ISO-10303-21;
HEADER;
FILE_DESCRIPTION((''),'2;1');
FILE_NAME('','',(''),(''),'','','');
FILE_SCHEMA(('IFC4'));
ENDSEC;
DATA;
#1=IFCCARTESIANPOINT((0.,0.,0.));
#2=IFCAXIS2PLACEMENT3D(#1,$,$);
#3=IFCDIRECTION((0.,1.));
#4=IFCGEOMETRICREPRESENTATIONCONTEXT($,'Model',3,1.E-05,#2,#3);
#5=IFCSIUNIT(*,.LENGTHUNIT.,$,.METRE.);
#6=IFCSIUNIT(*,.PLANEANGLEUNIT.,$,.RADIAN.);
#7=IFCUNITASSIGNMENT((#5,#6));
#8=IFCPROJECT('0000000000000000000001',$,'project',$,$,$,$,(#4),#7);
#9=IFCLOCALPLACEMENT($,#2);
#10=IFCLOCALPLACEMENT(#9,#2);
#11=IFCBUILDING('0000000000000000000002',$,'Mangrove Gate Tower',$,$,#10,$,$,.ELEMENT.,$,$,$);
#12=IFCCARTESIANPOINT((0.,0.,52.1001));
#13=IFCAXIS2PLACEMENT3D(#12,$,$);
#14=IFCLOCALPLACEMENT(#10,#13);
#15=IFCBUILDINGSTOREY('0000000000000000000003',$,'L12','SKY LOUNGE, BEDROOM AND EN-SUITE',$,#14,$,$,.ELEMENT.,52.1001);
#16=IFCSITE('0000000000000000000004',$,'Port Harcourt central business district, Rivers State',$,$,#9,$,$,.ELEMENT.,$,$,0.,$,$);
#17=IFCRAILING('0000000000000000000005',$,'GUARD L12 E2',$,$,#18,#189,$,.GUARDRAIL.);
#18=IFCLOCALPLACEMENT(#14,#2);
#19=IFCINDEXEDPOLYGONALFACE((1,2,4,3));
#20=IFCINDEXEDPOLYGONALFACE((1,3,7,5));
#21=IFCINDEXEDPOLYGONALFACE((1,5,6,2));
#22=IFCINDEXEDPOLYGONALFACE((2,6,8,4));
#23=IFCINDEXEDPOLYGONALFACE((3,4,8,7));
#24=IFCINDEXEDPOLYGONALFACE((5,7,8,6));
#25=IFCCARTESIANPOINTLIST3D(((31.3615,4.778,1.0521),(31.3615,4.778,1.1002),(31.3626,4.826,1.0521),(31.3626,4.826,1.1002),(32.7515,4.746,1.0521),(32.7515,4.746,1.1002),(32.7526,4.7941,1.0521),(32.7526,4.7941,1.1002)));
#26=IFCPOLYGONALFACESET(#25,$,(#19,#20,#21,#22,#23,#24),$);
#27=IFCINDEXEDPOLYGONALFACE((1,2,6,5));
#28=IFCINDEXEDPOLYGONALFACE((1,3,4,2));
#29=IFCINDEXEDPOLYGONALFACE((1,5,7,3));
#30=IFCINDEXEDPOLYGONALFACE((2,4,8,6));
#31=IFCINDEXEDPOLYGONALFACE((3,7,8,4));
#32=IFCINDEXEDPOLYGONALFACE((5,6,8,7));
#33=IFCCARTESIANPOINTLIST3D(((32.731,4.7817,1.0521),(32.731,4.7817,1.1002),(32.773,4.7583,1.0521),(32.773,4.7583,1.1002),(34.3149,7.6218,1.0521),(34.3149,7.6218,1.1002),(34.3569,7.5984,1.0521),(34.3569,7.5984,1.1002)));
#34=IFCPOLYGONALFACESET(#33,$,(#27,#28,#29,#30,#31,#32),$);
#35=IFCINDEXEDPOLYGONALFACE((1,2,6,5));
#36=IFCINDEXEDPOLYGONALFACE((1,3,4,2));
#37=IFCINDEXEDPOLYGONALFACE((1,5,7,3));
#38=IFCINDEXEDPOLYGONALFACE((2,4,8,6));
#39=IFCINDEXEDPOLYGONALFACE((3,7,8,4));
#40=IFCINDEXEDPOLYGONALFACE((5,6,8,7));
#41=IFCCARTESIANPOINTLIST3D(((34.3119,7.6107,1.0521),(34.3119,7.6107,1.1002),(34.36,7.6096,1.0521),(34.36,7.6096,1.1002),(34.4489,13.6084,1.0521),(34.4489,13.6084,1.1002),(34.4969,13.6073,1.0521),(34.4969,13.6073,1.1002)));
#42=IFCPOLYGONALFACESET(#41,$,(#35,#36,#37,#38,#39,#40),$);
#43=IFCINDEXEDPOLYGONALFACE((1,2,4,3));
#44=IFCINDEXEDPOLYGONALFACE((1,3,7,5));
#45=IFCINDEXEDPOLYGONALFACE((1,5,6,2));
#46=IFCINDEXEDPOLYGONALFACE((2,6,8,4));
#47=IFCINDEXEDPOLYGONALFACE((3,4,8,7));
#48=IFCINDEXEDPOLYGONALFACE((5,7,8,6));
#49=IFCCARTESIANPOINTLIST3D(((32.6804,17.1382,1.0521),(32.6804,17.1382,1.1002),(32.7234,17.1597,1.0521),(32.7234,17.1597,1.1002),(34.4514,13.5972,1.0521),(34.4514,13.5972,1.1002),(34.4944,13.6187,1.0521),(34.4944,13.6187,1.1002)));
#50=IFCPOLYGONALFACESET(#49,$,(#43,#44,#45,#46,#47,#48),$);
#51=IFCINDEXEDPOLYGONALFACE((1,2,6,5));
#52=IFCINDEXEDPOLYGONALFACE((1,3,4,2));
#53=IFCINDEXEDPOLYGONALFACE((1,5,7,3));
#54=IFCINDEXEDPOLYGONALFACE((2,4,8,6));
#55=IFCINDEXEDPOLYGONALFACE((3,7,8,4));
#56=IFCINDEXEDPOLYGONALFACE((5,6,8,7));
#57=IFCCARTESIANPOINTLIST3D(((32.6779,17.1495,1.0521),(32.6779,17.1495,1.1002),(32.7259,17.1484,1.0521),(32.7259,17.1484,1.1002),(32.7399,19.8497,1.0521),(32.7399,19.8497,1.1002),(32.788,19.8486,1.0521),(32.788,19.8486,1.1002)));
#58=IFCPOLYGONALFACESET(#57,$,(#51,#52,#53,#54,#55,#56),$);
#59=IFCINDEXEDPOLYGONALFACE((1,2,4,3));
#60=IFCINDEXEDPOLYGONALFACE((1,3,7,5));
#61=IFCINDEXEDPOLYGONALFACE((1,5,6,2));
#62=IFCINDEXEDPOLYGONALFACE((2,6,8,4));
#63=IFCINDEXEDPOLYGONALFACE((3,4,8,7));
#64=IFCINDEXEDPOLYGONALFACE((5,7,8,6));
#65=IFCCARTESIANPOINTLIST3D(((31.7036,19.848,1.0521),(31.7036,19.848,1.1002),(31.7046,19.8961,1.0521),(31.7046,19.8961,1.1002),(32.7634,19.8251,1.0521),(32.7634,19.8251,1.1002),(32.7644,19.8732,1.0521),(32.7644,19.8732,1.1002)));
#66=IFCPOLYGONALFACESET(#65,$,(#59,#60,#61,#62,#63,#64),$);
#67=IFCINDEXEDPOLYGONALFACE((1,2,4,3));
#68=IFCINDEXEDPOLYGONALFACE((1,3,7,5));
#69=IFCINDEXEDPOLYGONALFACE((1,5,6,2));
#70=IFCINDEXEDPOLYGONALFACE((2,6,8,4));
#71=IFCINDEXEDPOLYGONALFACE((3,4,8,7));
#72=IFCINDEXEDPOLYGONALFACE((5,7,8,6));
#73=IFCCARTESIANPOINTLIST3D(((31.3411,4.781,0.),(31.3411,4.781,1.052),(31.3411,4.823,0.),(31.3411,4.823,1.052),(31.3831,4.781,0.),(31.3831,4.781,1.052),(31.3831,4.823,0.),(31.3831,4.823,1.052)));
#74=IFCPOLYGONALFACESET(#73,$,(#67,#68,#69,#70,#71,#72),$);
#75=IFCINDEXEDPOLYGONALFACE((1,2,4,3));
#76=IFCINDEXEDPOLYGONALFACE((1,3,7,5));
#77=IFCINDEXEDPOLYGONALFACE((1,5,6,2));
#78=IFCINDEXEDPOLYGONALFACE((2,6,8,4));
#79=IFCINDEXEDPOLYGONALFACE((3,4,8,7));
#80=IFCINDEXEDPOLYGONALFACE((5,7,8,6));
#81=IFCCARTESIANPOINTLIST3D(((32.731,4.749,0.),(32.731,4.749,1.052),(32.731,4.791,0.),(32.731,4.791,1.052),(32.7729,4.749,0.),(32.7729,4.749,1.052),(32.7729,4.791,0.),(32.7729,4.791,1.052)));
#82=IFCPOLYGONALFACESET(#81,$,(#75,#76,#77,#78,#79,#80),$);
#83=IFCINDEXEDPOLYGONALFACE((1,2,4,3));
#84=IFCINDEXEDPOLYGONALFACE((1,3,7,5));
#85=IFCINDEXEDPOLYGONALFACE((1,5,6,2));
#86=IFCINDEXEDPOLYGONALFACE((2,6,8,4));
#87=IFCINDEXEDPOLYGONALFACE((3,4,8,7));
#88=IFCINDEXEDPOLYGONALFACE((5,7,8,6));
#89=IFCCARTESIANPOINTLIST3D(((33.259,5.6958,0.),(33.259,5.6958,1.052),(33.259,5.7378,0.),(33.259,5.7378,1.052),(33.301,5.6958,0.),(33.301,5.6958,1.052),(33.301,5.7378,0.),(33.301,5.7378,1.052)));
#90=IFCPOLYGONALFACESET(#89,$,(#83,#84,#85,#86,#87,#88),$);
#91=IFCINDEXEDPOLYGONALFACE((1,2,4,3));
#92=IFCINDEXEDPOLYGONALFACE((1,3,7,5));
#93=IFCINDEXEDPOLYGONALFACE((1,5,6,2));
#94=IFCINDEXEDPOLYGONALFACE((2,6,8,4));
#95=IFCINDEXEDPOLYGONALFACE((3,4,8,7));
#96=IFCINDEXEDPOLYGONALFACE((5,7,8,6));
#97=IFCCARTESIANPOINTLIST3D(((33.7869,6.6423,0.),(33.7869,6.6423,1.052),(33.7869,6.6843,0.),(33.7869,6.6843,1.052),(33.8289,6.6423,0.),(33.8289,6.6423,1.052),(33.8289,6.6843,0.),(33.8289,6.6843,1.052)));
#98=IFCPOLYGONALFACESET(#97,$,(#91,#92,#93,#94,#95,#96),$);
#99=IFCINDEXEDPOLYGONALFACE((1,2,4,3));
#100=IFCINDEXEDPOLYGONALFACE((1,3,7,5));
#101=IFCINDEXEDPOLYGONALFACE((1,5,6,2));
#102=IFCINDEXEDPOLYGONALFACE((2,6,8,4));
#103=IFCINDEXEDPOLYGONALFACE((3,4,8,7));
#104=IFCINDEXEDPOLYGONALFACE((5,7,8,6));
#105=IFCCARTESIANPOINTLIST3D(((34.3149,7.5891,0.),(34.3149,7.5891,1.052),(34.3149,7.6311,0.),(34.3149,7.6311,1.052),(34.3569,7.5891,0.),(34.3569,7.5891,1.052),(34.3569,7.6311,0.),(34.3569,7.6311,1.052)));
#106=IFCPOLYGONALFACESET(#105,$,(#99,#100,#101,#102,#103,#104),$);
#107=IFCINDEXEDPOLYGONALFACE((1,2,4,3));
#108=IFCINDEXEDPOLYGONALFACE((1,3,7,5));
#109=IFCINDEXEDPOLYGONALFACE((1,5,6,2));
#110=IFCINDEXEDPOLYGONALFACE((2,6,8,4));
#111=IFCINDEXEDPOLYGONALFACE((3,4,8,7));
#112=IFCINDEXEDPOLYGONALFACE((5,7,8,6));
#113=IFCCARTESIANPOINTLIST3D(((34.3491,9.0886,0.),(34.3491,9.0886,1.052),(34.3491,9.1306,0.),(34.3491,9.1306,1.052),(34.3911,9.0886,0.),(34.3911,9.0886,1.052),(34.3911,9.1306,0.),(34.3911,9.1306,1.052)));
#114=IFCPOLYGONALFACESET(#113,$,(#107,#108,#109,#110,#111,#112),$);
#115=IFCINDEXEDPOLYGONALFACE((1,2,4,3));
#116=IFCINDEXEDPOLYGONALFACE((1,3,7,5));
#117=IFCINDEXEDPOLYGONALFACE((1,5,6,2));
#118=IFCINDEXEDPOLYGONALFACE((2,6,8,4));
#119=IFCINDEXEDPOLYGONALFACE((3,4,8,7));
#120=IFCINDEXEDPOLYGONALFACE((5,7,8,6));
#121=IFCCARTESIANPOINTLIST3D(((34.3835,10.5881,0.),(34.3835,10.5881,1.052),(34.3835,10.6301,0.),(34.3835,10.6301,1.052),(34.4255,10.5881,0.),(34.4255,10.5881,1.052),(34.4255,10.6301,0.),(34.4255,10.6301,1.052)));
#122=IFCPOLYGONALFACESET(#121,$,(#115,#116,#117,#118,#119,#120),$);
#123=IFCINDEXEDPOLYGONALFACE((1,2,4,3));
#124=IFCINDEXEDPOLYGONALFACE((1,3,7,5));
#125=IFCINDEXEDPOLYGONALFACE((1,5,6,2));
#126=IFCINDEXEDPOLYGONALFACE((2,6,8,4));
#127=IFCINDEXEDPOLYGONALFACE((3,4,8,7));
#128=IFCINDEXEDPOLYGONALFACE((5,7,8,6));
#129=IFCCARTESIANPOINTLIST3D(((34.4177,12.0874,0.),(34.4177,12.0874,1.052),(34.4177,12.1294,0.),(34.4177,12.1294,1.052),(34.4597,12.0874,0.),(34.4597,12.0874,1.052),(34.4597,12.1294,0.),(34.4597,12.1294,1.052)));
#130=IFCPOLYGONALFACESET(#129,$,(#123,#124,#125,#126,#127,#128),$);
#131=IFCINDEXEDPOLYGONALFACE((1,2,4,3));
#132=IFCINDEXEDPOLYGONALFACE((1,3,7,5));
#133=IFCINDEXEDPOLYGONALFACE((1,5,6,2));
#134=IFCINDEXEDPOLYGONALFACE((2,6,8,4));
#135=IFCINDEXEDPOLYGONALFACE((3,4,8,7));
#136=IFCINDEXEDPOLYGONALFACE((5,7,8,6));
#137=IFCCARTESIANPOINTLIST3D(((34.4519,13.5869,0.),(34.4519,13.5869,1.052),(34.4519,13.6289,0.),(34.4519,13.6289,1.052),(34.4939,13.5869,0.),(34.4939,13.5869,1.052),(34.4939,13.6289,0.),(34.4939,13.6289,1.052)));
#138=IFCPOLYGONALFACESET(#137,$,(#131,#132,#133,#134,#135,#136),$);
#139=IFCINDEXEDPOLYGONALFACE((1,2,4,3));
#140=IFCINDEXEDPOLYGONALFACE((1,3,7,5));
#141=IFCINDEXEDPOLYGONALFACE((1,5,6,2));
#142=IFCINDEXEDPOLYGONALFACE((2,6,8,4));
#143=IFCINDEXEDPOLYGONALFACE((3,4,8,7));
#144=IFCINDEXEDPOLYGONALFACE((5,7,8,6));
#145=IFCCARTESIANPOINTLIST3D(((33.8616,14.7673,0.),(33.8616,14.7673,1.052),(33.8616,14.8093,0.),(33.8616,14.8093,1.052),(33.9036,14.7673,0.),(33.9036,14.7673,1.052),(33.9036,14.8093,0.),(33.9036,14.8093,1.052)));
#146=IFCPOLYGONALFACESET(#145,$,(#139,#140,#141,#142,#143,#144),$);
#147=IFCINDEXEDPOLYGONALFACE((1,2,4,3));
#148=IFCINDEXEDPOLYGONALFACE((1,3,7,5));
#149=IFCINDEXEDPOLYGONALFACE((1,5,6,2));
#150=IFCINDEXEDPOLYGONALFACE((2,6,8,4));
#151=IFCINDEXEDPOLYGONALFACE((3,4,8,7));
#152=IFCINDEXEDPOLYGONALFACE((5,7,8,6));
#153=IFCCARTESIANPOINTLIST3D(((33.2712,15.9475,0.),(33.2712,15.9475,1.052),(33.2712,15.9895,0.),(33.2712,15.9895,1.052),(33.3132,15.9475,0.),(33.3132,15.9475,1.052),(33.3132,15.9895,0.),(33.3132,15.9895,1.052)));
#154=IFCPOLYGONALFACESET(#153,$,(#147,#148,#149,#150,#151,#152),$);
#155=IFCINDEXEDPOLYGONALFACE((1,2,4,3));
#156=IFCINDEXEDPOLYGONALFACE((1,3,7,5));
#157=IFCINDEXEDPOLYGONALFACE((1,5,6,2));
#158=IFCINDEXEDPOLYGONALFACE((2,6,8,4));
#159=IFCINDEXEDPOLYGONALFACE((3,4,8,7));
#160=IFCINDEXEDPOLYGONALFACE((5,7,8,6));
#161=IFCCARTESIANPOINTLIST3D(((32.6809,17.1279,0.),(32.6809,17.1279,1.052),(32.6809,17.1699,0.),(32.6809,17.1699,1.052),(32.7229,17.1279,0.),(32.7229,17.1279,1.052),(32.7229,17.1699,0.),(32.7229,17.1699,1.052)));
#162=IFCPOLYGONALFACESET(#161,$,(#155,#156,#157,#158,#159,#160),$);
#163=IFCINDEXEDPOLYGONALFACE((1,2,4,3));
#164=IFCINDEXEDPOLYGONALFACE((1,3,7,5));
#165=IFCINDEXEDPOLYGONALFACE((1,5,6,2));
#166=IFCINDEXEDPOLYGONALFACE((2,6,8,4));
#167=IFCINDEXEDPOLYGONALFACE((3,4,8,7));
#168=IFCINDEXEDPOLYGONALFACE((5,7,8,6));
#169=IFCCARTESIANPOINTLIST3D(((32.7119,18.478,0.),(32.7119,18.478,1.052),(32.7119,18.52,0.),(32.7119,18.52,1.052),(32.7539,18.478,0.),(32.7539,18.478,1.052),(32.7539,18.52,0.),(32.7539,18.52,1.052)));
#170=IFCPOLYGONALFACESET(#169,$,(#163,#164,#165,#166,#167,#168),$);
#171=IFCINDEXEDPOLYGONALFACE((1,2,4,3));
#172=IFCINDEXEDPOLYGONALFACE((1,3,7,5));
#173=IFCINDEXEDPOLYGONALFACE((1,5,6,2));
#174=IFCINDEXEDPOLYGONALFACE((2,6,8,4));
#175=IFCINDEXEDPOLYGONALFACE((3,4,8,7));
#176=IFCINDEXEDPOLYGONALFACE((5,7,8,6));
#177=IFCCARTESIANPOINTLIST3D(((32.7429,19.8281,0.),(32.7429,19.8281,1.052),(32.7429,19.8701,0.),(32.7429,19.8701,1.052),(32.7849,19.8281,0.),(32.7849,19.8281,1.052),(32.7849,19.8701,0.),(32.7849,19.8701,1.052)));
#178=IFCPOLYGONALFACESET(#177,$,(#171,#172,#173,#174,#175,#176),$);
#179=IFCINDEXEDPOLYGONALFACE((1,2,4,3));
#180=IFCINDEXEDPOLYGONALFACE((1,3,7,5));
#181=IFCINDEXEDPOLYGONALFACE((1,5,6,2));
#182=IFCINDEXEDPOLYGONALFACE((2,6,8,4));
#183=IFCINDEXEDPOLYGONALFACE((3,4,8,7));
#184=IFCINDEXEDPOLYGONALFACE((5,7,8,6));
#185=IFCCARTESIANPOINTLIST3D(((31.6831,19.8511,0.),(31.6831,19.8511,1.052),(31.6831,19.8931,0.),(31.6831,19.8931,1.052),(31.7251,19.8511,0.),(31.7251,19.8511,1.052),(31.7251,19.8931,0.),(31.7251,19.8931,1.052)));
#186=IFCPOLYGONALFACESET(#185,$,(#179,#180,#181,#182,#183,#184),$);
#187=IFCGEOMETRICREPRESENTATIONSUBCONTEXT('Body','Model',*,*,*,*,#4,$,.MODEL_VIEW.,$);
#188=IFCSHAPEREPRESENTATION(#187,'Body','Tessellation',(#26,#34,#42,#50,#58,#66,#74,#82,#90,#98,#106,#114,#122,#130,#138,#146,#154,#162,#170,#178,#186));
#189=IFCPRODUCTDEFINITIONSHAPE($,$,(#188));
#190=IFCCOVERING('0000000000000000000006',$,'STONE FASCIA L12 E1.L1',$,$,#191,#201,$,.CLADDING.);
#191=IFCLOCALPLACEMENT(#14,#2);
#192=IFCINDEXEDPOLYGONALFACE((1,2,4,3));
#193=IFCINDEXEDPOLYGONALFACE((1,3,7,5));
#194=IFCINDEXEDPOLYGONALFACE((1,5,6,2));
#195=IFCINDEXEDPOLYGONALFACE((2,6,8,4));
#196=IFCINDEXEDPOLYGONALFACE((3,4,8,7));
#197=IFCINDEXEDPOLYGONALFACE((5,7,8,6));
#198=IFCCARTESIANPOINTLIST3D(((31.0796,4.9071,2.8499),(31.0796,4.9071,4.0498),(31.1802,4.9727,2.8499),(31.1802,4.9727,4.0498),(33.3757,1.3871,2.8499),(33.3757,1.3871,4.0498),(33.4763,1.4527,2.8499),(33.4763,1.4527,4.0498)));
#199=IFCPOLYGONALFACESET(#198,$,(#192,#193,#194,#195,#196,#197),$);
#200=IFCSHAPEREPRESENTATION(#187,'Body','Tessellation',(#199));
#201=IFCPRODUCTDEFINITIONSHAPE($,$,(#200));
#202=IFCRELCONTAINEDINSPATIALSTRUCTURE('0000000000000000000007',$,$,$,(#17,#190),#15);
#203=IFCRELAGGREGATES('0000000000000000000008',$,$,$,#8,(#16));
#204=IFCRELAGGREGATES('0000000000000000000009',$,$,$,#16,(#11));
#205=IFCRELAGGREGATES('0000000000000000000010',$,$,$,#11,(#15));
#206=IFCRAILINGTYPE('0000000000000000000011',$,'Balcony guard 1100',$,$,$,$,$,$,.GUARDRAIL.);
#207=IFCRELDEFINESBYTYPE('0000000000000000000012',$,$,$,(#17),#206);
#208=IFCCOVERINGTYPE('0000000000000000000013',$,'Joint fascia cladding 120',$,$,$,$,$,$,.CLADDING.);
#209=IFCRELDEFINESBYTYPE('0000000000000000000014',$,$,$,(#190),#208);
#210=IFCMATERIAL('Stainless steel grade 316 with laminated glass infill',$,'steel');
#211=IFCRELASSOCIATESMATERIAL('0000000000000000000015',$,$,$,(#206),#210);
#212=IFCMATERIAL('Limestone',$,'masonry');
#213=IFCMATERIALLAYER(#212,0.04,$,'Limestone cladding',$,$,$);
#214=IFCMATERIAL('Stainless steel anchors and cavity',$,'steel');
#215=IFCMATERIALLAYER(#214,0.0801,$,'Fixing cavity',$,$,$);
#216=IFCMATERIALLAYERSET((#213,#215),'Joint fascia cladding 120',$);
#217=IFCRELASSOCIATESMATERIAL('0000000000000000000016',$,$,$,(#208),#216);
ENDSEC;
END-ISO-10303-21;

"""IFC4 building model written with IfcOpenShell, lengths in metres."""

from ifc_helpers import new_model, si_unit, direction, frame, frame_2d, origin, origin_2d, place, context, subcontext, project, spatial, rectangle, extrude, material, layer, layer_set, type_object, element, save


model = new_model("IFC4")

# Units and contexts
model_context = context("Model", 3, precision=1e-05, world=origin(), true_north=direction((0.0, 1.0)))
body_context = subcontext(model_context, "Body", "Model", "MODEL_VIEW")
ifc_project = project(units=[si_unit("LENGTHUNIT", "METRE"), si_unit("PLANEANGLEUNIT", "RADIAN")], contexts=[model_context])

# Site, building, storey
site_placement = place(None, origin())
site = spatial("IfcSite", under=ifc_project, at=site_placement, Name="Port Harcourt central business district, Rivers State", CompositionType="ELEMENT", RefElevation=0.0)
building_placement = place(site_placement, origin())
building = spatial("IfcBuilding", under=site, at=building_placement, Name="Mangrove Gate Tower", CompositionType="ELEMENT")
storey_placement = place(building_placement, frame((0.0, 0.0, 52.1001)))
storey = spatial("IfcBuildingStorey", under=building, at=storey_placement, Name="L12", Description="SKY LOUNGE, BEDROOM AND EN-SUITE", CompositionType="ELEMENT", Elevation=52.1001)

# Shared definitions
ifc_material_1 = material(Name="Limestone", Category="masonry")

# Railing
ifc_material_2 = material(Name="Stainless steel grade 316 with laminated glass infill", Category="steel")
railing_type = type_object("IfcRailingType", Name="Balcony guard 1100", PredefinedType="GUARDRAIL", material=ifc_material_2)
railing_placement = place(storey_placement, frame((31.3621, 4.802, 0.0)))
element("IfcRailing", 1, at=railing_placement, inside=storey, type_object=railing_type, Name="GUARD L12 E2", PredefinedType="GUARDRAIL", context=body_context, shape_type="SweptSolid", body=[
    extrude(rectangle(XDim=0.0481, YDim=0.0481, at=origin_2d()), frame((0.0, 0.0, 1.0762), z_axis=(0.999735, -0.023005, 0.0), x_axis=(0.023005, 0.999735, 0.0)), (0.0, 0.0, 1.0), 1.3904),
    extrude(rectangle(XDim=0.0481, YDim=0.0481, at=origin_2d()), frame((1.3899, -0.032, 1.0762), z_axis=(0.487089, 0.873352, 0.0), x_axis=(-0.873352, 0.487089, 0.0)), (0.0, 0.0, 1.0), 3.252),
    extrude(rectangle(XDim=0.0481, YDim=0.0481, at=origin_2d()), frame((2.9739, 2.8081, 1.0762), z_axis=(0.02283, 0.999739, 0.0), x_axis=(-0.999739, 0.02283, 0.0)), (0.0, 0.0, 1.0), 5.9993),
    extrude(rectangle(XDim=0.0481, YDim=0.0481, at=origin_2d()), frame((3.1108, 8.8059, 1.0762), z_axis=(-0.447312, 0.894378, 0.0), x_axis=(-0.894378, -0.447312, 0.0)), (0.0, 0.0, 1.0), 3.9592),
    extrude(rectangle(XDim=0.0481, YDim=0.0481, at=origin_2d()), frame((1.3398, 12.3469, 1.0762), z_axis=(0.02296, 0.999736, 0.0), x_axis=(-0.999736, 0.02296, 0.0)), (0.0, 0.0, 1.0), 2.7009),
    extrude(rectangle(XDim=0.0481, YDim=0.0481, at=origin_2d()), frame((1.4019, 15.0471, 1.0762), z_axis=(-0.999766, 0.021649, 0.0), x_axis=(-0.021649, -0.999766, 0.0)), (0.0, 0.0, 1.0), 1.0601),
    extrude(rectangle(XDim=0.042, YDim=0.042, at=origin_2d()), origin(), (0.0, 0.0, 1.0), 1.052),
    extrude(rectangle(XDim=0.042, YDim=0.042, at=origin_2d()), frame((1.3899, -0.032, 0.0)), (0.0, 0.0, 1.0), 1.052),
    extrude(rectangle(XDim=0.042, YDim=0.042, at=origin_2d()), frame((1.918, 0.9148, 0.0)), (0.0, 0.0, 1.0), 1.052),
    extrude(rectangle(XDim=0.042, YDim=0.042, at=origin_2d()), frame((2.4458, 1.8613, 0.0)), (0.0, 0.0, 1.0), 1.052),
    extrude(rectangle(XDim=0.042, YDim=0.042, at=origin_2d()), frame((2.9739, 2.8081, 0.0)), (0.0, 0.0, 1.0), 1.052),
    extrude(rectangle(XDim=0.042, YDim=0.042, at=origin_2d()), frame((3.0081, 4.3076, 0.0)), (0.0, 0.0, 1.0), 1.052),
    extrude(rectangle(XDim=0.042, YDim=0.042, at=origin_2d()), frame((3.0425, 5.8071, 0.0)), (0.0, 0.0, 1.0), 1.052),
    extrude(rectangle(XDim=0.042, YDim=0.042, at=origin_2d()), frame((3.0767, 7.3064, 0.0)), (0.0, 0.0, 1.0), 1.052),
    extrude(rectangle(XDim=0.042, YDim=0.042, at=origin_2d()), frame((3.1108, 8.8059, 0.0)), (0.0, 0.0, 1.0), 1.052),
    extrude(rectangle(XDim=0.042, YDim=0.042, at=origin_2d()), frame((2.5205, 9.9863, 0.0)), (0.0, 0.0, 1.0), 1.052),
    extrude(rectangle(XDim=0.042, YDim=0.042, at=origin_2d()), frame((1.9302, 11.1665, 0.0)), (0.0, 0.0, 1.0), 1.052),
    extrude(rectangle(XDim=0.042, YDim=0.042, at=origin_2d()), frame((1.3398, 12.3469, 0.0)), (0.0, 0.0, 1.0), 1.052),
    extrude(rectangle(XDim=0.042, YDim=0.042, at=origin_2d()), frame((1.3708, 13.697, 0.0)), (0.0, 0.0, 1.0), 1.052),
    extrude(rectangle(XDim=0.042, YDim=0.042, at=origin_2d()), frame((1.4019, 15.0471, 0.0)), (0.0, 0.0, 1.0), 1.052),
    extrude(rectangle(XDim=0.042, YDim=0.042, at=origin_2d()), frame((0.342, 15.0701, 0.0)), (0.0, 0.0, 1.0), 1.052),
])

# Covering
ifc_layer_1 = layer(ifc_material_1, 0.04, Name="Limestone cladding")
ifc_material_3 = material(Name="Stainless steel anchors and cavity", Category="steel")
ifc_layer_2 = layer(ifc_material_3, 0.0801, Name="Fixing cavity")
ifc_layer_set_1 = layer_set([ifc_layer_1, ifc_layer_2], Name="Joint fascia cladding 120")
covering_type = type_object("IfcCoveringType", Name="Joint fascia cladding 120", PredefinedType="CLADDING", material=ifc_layer_set_1)
covering_placement = place(storey_placement, frame((33.426, 1.4199, 2.8499), z_axis=(0.0, 0.0, 1.0), x_axis=(-0.546348, 0.837559, 0.0)))
element("IfcCovering", 2, at=covering_placement, inside=storey, type_object=covering_type, Name="STONE FASCIA L12 E1.L1", PredefinedType="CLADDING", context=body_context, shape_type="SweptSolid", body=[
    extrude(rectangle(XDim=4.2026, YDim=0.1201, at=frame_2d((2.1013, 0.0))), origin(), (0.0, 0.0, 1.0), 1.2),
])

save(model, "model.ifc")
